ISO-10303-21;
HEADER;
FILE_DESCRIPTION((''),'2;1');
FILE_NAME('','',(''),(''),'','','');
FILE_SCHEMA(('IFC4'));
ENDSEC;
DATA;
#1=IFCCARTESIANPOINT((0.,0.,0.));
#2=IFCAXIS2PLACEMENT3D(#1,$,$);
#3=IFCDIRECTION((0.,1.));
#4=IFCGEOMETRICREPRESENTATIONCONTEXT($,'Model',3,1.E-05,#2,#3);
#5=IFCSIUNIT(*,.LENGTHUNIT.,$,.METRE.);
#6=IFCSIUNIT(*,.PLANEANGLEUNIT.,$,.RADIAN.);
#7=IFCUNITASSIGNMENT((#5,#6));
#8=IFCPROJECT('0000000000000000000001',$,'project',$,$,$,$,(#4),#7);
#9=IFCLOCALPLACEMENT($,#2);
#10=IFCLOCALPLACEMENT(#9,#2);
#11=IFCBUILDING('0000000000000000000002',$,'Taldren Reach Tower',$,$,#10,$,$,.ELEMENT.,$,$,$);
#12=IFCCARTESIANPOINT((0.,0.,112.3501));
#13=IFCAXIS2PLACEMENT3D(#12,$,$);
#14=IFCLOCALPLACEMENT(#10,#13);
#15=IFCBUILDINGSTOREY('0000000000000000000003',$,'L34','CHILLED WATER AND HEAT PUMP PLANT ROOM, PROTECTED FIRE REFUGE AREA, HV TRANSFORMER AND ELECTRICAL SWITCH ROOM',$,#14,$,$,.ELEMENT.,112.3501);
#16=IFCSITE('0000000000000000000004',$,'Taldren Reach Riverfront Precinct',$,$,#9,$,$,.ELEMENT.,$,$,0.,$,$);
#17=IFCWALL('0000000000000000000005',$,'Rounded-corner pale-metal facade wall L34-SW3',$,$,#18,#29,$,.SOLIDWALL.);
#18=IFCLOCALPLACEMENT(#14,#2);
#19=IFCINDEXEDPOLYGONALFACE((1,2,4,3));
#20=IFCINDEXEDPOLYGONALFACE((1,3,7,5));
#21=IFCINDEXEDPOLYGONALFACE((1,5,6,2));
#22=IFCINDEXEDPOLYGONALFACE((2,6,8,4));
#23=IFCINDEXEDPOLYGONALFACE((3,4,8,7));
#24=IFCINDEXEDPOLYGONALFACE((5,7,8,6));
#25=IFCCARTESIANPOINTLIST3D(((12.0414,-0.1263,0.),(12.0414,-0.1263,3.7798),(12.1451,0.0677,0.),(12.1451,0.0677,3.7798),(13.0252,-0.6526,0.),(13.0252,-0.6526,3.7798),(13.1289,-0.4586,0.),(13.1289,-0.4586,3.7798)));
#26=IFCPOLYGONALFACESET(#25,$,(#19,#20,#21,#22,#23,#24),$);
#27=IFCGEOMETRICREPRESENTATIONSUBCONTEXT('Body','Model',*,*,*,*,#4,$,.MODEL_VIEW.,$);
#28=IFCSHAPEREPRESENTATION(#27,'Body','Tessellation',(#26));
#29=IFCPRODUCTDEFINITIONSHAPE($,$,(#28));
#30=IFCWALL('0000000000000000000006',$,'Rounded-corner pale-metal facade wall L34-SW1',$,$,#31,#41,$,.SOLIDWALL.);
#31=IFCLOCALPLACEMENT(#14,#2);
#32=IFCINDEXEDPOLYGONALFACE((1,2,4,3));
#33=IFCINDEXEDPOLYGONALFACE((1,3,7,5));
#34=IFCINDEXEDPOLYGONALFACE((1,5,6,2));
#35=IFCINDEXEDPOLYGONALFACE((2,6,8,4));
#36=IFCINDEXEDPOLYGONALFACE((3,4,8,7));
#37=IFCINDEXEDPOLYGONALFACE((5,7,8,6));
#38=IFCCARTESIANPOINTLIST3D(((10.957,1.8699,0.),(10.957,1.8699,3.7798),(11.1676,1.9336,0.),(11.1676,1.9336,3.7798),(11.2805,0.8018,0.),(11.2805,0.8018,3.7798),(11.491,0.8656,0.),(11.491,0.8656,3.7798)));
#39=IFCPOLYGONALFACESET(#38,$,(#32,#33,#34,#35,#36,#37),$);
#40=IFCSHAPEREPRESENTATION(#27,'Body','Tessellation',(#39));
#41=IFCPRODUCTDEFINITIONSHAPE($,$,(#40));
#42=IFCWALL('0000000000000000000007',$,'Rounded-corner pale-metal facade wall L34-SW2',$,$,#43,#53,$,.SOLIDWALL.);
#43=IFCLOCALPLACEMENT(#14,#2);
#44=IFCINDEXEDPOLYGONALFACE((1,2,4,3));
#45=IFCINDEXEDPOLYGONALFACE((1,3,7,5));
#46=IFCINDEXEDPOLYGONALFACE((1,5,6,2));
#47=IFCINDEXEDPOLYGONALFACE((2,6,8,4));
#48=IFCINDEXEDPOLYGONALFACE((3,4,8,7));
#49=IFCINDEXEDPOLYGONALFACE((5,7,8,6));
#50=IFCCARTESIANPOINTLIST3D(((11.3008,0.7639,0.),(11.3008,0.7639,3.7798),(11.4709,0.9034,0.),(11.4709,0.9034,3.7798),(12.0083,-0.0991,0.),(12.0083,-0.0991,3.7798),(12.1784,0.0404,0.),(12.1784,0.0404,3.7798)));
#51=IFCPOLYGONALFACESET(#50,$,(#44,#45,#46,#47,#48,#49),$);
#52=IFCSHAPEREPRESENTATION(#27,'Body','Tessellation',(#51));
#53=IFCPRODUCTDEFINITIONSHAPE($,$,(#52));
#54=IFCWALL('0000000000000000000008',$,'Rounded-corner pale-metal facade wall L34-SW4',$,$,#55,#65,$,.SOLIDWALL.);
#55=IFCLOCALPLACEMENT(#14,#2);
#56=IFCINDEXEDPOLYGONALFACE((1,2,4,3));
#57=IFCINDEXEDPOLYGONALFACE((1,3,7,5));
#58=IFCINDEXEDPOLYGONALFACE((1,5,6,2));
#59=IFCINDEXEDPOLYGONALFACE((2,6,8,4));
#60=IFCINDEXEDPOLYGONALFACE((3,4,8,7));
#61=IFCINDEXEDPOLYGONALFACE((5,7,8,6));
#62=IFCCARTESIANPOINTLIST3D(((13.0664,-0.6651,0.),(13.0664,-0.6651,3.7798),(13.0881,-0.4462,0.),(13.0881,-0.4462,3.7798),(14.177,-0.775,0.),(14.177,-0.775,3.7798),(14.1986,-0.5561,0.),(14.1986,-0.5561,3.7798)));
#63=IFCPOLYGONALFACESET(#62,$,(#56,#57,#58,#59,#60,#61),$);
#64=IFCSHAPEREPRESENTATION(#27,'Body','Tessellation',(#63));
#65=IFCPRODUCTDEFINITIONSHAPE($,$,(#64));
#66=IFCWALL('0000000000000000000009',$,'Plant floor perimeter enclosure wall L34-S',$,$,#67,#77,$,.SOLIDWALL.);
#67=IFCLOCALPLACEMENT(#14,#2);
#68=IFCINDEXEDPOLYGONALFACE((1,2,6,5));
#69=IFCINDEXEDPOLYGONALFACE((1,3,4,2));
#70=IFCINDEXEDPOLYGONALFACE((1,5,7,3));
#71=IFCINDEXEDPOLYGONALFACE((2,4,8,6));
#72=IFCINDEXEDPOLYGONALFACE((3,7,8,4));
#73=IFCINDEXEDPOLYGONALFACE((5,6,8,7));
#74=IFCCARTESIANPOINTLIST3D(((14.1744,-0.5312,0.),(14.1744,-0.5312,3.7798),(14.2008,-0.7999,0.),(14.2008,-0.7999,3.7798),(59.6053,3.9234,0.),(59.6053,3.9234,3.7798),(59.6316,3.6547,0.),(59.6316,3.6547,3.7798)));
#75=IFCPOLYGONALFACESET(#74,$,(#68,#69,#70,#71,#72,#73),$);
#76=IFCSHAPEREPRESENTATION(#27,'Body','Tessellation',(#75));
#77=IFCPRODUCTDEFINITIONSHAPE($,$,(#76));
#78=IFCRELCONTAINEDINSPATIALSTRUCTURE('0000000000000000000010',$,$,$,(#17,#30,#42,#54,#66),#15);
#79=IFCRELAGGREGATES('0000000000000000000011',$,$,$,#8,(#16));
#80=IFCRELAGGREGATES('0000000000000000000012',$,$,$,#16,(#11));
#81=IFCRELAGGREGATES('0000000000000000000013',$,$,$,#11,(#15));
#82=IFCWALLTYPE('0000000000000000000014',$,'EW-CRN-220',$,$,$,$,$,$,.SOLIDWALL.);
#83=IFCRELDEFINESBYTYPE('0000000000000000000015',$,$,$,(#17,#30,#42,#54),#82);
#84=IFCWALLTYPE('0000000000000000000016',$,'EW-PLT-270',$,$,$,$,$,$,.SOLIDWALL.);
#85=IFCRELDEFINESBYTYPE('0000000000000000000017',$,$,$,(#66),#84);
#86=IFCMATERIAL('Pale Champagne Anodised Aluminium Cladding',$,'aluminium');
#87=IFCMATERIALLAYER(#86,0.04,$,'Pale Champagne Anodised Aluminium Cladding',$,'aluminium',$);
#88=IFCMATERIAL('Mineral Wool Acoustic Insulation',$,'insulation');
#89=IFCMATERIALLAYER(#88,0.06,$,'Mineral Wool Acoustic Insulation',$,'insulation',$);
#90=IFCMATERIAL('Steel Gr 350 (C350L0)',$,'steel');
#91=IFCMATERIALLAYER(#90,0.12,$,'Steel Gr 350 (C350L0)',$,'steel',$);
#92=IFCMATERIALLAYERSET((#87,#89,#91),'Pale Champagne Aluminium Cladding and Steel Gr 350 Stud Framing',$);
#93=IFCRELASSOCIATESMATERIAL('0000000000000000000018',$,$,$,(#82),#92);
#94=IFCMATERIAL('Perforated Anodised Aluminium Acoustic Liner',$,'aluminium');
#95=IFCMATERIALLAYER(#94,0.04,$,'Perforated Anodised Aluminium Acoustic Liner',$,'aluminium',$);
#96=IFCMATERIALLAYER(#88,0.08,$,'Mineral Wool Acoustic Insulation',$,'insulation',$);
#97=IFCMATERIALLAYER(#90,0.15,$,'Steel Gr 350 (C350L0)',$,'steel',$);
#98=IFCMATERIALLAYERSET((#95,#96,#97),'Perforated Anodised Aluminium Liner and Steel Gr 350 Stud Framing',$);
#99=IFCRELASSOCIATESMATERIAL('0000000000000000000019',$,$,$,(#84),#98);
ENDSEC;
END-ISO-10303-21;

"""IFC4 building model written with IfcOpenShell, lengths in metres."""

from ifc_helpers import new_model, si_unit, direction, frame, frame_2d, origin, place, context, subcontext, project, spatial, rectangle, extrude, source, transform, mapped, material, layer, layer_set, type_object, element, save


model = new_model("IFC4")

# Units and contexts
model_context = context("Model", 3, precision=1e-05, world=origin(), true_north=direction((0.0, 1.0)))
body_context = subcontext(model_context, "Body", "Model", "MODEL_VIEW")
ifc_project = project(units=[si_unit("LENGTHUNIT", "METRE"), si_unit("PLANEANGLEUNIT", "RADIAN")], contexts=[model_context])

# Site, building, storey
site_placement = place(None, origin())
site = spatial("IfcSite", under=ifc_project, at=site_placement, Name="Taldren Reach Riverfront Precinct", CompositionType="ELEMENT", RefElevation=0.0)
building_placement = place(site_placement, origin())
building = spatial("IfcBuilding", under=site, at=building_placement, Name="Taldren Reach Tower", CompositionType="ELEMENT")
storey_placement = place(building_placement, frame((0.0, 0.0, 112.3501)))
storey = spatial("IfcBuildingStorey", under=building, at=storey_placement, Name="L34", Description="CHILLED WATER AND HEAT PUMP PLANT ROOM, PROTECTED FIRE REFUGE AREA, HV TRANSFORMER AND ELECTRICAL SWITCH ROOM", CompositionType="ELEMENT", Elevation=112.3501)

# Shared definitions
ifc_material_1 = material(Name="Steel Gr 350 (C350L0)", Category="steel")

# Walls
ifc_material_2 = material(Name="Pale Champagne Anodised Aluminium Cladding", Category="aluminium")
ifc_layer_1 = layer(ifc_material_2, 0.04, Name="Pale Champagne Anodised Aluminium Cladding", Category="aluminium")
ifc_material_3 = material(Name="Mineral Wool Acoustic Insulation", Category="insulation")
ifc_layer_2 = layer(ifc_material_3, 0.06, Name="Mineral Wool Acoustic Insulation", Category="insulation")
ifc_layer_3 = layer(ifc_material_1, 0.12, Name="Steel Gr 350 (C350L0)", Category="steel")
ifc_layer_set_1 = layer_set([ifc_layer_1, ifc_layer_2, ifc_layer_3], Name="Pale Champagne Aluminium Cladding and Steel Gr 350 Stud Framing")
wall_type_1 = type_object("IfcWallType", Name="EW-CRN-220", PredefinedType="SOLIDWALL", material=ifc_layer_set_1)
shared_shape_1 = source(origin(), body_context, "Body", "SweptSolid", [
    extrude(rectangle(XDim=1.1157, YDim=0.22, at=frame_2d((0.5579, 0.0))), origin(), (0.0, 0.0, 1.0), 3.7798),
])
wall_1_placement = place(storey_placement, frame((12.0933, -0.0293, 0.0), z_axis=(0.0, 0.0, 1.0), x_axis=(0.881747, -0.471723, 0.0)))
element("IfcWall", 1, at=wall_1_placement, inside=storey, type_object=wall_type_1, Name="Rounded-corner pale-metal facade wall L34-SW3", PredefinedType="SOLIDWALL", context=body_context, shape_type="MappedRepresentation", body=[
    mapped(shared_shape_1, transform((0.0, 0.0, 0.0), scale=1.0)),
])
shared_shape_2 = source(origin(), body_context, "Body", "SweptSolid", [
    extrude(rectangle(XDim=1.116, YDim=0.22, at=frame_2d((0.5581, 0.0))), origin(), (0.0, 0.0, 1.0), 3.7798),
])
for number, where, z_axis, x_axis, name in (
    (2, (11.0623, 1.9019, 0.0), (0.0, 0.0, 1.0), (0.289856, -0.95707, 0.0), "Rounded-corner pale-metal facade wall L34-SW1"),
    (3, (11.3857, 0.8337, 0.0), (0.0, 0.0, 1.0), (0.633988, -0.773343, 0.0), "Rounded-corner pale-metal facade wall L34-SW2"),
    (4, (13.0771, -0.5557, 0.0), (0.0, 0.0, 1.0), (0.995143, -0.098442, 0.0), "Rounded-corner pale-metal facade wall L34-SW4"),
):
    element("IfcWall", number, at=place(storey_placement, frame(where, z_axis=z_axis, x_axis=x_axis)), inside=storey, type_object=wall_type_1, Name=name, PredefinedType="SOLIDWALL", context=body_context, shape_type="MappedRepresentation", body=[
        mapped(shared_shape_2, transform((0.0, 0.0, 0.0), scale=1.0)),
    ])
ifc_material_4 = material(Name="Perforated Anodised Aluminium Acoustic Liner", Category="aluminium")
ifc_layer_4 = layer(ifc_material_4, 0.04, Name="Perforated Anodised Aluminium Acoustic Liner", Category="aluminium")
ifc_layer_5 = layer(ifc_material_3, 0.08, Name="Mineral Wool Acoustic Insulation", Category="insulation")
ifc_layer_6 = layer(ifc_material_1, 0.15, Name="Steel Gr 350 (C350L0)", Category="steel")
ifc_layer_set_2 = layer_set([ifc_layer_4, ifc_layer_5, ifc_layer_6], Name="Perforated Anodised Aluminium Liner and Steel Gr 350 Stud Framing")
wall_type_2 = type_object("IfcWallType", Name="EW-PLT-270", PredefinedType="SOLIDWALL", material=ifc_layer_set_2)
shared_shape_3 = source(origin(), body_context, "Body", "SweptSolid", [
    extrude(rectangle(XDim=45.6487, YDim=0.27, at=frame_2d((22.8242, 0.0))), origin(), (0.0, 0.0, 1.0), 3.7798),
])
wall_2_placement = place(storey_placement, frame((14.1877, -0.6655, 0.0), z_axis=(0.0, 0.0, 1.0), x_axis=(0.995227, 0.097584, 0.0)))
element("IfcWall", 5, at=wall_2_placement, inside=storey, type_object=wall_type_2, Name="Plant floor perimeter enclosure wall L34-S", PredefinedType="SOLIDWALL", context=body_context, shape_type="MappedRepresentation", body=[
    mapped(shared_shape_3, transform((0.0, 0.0, 0.0), scale=1.0)),
])

save(model, "model.ifc")
